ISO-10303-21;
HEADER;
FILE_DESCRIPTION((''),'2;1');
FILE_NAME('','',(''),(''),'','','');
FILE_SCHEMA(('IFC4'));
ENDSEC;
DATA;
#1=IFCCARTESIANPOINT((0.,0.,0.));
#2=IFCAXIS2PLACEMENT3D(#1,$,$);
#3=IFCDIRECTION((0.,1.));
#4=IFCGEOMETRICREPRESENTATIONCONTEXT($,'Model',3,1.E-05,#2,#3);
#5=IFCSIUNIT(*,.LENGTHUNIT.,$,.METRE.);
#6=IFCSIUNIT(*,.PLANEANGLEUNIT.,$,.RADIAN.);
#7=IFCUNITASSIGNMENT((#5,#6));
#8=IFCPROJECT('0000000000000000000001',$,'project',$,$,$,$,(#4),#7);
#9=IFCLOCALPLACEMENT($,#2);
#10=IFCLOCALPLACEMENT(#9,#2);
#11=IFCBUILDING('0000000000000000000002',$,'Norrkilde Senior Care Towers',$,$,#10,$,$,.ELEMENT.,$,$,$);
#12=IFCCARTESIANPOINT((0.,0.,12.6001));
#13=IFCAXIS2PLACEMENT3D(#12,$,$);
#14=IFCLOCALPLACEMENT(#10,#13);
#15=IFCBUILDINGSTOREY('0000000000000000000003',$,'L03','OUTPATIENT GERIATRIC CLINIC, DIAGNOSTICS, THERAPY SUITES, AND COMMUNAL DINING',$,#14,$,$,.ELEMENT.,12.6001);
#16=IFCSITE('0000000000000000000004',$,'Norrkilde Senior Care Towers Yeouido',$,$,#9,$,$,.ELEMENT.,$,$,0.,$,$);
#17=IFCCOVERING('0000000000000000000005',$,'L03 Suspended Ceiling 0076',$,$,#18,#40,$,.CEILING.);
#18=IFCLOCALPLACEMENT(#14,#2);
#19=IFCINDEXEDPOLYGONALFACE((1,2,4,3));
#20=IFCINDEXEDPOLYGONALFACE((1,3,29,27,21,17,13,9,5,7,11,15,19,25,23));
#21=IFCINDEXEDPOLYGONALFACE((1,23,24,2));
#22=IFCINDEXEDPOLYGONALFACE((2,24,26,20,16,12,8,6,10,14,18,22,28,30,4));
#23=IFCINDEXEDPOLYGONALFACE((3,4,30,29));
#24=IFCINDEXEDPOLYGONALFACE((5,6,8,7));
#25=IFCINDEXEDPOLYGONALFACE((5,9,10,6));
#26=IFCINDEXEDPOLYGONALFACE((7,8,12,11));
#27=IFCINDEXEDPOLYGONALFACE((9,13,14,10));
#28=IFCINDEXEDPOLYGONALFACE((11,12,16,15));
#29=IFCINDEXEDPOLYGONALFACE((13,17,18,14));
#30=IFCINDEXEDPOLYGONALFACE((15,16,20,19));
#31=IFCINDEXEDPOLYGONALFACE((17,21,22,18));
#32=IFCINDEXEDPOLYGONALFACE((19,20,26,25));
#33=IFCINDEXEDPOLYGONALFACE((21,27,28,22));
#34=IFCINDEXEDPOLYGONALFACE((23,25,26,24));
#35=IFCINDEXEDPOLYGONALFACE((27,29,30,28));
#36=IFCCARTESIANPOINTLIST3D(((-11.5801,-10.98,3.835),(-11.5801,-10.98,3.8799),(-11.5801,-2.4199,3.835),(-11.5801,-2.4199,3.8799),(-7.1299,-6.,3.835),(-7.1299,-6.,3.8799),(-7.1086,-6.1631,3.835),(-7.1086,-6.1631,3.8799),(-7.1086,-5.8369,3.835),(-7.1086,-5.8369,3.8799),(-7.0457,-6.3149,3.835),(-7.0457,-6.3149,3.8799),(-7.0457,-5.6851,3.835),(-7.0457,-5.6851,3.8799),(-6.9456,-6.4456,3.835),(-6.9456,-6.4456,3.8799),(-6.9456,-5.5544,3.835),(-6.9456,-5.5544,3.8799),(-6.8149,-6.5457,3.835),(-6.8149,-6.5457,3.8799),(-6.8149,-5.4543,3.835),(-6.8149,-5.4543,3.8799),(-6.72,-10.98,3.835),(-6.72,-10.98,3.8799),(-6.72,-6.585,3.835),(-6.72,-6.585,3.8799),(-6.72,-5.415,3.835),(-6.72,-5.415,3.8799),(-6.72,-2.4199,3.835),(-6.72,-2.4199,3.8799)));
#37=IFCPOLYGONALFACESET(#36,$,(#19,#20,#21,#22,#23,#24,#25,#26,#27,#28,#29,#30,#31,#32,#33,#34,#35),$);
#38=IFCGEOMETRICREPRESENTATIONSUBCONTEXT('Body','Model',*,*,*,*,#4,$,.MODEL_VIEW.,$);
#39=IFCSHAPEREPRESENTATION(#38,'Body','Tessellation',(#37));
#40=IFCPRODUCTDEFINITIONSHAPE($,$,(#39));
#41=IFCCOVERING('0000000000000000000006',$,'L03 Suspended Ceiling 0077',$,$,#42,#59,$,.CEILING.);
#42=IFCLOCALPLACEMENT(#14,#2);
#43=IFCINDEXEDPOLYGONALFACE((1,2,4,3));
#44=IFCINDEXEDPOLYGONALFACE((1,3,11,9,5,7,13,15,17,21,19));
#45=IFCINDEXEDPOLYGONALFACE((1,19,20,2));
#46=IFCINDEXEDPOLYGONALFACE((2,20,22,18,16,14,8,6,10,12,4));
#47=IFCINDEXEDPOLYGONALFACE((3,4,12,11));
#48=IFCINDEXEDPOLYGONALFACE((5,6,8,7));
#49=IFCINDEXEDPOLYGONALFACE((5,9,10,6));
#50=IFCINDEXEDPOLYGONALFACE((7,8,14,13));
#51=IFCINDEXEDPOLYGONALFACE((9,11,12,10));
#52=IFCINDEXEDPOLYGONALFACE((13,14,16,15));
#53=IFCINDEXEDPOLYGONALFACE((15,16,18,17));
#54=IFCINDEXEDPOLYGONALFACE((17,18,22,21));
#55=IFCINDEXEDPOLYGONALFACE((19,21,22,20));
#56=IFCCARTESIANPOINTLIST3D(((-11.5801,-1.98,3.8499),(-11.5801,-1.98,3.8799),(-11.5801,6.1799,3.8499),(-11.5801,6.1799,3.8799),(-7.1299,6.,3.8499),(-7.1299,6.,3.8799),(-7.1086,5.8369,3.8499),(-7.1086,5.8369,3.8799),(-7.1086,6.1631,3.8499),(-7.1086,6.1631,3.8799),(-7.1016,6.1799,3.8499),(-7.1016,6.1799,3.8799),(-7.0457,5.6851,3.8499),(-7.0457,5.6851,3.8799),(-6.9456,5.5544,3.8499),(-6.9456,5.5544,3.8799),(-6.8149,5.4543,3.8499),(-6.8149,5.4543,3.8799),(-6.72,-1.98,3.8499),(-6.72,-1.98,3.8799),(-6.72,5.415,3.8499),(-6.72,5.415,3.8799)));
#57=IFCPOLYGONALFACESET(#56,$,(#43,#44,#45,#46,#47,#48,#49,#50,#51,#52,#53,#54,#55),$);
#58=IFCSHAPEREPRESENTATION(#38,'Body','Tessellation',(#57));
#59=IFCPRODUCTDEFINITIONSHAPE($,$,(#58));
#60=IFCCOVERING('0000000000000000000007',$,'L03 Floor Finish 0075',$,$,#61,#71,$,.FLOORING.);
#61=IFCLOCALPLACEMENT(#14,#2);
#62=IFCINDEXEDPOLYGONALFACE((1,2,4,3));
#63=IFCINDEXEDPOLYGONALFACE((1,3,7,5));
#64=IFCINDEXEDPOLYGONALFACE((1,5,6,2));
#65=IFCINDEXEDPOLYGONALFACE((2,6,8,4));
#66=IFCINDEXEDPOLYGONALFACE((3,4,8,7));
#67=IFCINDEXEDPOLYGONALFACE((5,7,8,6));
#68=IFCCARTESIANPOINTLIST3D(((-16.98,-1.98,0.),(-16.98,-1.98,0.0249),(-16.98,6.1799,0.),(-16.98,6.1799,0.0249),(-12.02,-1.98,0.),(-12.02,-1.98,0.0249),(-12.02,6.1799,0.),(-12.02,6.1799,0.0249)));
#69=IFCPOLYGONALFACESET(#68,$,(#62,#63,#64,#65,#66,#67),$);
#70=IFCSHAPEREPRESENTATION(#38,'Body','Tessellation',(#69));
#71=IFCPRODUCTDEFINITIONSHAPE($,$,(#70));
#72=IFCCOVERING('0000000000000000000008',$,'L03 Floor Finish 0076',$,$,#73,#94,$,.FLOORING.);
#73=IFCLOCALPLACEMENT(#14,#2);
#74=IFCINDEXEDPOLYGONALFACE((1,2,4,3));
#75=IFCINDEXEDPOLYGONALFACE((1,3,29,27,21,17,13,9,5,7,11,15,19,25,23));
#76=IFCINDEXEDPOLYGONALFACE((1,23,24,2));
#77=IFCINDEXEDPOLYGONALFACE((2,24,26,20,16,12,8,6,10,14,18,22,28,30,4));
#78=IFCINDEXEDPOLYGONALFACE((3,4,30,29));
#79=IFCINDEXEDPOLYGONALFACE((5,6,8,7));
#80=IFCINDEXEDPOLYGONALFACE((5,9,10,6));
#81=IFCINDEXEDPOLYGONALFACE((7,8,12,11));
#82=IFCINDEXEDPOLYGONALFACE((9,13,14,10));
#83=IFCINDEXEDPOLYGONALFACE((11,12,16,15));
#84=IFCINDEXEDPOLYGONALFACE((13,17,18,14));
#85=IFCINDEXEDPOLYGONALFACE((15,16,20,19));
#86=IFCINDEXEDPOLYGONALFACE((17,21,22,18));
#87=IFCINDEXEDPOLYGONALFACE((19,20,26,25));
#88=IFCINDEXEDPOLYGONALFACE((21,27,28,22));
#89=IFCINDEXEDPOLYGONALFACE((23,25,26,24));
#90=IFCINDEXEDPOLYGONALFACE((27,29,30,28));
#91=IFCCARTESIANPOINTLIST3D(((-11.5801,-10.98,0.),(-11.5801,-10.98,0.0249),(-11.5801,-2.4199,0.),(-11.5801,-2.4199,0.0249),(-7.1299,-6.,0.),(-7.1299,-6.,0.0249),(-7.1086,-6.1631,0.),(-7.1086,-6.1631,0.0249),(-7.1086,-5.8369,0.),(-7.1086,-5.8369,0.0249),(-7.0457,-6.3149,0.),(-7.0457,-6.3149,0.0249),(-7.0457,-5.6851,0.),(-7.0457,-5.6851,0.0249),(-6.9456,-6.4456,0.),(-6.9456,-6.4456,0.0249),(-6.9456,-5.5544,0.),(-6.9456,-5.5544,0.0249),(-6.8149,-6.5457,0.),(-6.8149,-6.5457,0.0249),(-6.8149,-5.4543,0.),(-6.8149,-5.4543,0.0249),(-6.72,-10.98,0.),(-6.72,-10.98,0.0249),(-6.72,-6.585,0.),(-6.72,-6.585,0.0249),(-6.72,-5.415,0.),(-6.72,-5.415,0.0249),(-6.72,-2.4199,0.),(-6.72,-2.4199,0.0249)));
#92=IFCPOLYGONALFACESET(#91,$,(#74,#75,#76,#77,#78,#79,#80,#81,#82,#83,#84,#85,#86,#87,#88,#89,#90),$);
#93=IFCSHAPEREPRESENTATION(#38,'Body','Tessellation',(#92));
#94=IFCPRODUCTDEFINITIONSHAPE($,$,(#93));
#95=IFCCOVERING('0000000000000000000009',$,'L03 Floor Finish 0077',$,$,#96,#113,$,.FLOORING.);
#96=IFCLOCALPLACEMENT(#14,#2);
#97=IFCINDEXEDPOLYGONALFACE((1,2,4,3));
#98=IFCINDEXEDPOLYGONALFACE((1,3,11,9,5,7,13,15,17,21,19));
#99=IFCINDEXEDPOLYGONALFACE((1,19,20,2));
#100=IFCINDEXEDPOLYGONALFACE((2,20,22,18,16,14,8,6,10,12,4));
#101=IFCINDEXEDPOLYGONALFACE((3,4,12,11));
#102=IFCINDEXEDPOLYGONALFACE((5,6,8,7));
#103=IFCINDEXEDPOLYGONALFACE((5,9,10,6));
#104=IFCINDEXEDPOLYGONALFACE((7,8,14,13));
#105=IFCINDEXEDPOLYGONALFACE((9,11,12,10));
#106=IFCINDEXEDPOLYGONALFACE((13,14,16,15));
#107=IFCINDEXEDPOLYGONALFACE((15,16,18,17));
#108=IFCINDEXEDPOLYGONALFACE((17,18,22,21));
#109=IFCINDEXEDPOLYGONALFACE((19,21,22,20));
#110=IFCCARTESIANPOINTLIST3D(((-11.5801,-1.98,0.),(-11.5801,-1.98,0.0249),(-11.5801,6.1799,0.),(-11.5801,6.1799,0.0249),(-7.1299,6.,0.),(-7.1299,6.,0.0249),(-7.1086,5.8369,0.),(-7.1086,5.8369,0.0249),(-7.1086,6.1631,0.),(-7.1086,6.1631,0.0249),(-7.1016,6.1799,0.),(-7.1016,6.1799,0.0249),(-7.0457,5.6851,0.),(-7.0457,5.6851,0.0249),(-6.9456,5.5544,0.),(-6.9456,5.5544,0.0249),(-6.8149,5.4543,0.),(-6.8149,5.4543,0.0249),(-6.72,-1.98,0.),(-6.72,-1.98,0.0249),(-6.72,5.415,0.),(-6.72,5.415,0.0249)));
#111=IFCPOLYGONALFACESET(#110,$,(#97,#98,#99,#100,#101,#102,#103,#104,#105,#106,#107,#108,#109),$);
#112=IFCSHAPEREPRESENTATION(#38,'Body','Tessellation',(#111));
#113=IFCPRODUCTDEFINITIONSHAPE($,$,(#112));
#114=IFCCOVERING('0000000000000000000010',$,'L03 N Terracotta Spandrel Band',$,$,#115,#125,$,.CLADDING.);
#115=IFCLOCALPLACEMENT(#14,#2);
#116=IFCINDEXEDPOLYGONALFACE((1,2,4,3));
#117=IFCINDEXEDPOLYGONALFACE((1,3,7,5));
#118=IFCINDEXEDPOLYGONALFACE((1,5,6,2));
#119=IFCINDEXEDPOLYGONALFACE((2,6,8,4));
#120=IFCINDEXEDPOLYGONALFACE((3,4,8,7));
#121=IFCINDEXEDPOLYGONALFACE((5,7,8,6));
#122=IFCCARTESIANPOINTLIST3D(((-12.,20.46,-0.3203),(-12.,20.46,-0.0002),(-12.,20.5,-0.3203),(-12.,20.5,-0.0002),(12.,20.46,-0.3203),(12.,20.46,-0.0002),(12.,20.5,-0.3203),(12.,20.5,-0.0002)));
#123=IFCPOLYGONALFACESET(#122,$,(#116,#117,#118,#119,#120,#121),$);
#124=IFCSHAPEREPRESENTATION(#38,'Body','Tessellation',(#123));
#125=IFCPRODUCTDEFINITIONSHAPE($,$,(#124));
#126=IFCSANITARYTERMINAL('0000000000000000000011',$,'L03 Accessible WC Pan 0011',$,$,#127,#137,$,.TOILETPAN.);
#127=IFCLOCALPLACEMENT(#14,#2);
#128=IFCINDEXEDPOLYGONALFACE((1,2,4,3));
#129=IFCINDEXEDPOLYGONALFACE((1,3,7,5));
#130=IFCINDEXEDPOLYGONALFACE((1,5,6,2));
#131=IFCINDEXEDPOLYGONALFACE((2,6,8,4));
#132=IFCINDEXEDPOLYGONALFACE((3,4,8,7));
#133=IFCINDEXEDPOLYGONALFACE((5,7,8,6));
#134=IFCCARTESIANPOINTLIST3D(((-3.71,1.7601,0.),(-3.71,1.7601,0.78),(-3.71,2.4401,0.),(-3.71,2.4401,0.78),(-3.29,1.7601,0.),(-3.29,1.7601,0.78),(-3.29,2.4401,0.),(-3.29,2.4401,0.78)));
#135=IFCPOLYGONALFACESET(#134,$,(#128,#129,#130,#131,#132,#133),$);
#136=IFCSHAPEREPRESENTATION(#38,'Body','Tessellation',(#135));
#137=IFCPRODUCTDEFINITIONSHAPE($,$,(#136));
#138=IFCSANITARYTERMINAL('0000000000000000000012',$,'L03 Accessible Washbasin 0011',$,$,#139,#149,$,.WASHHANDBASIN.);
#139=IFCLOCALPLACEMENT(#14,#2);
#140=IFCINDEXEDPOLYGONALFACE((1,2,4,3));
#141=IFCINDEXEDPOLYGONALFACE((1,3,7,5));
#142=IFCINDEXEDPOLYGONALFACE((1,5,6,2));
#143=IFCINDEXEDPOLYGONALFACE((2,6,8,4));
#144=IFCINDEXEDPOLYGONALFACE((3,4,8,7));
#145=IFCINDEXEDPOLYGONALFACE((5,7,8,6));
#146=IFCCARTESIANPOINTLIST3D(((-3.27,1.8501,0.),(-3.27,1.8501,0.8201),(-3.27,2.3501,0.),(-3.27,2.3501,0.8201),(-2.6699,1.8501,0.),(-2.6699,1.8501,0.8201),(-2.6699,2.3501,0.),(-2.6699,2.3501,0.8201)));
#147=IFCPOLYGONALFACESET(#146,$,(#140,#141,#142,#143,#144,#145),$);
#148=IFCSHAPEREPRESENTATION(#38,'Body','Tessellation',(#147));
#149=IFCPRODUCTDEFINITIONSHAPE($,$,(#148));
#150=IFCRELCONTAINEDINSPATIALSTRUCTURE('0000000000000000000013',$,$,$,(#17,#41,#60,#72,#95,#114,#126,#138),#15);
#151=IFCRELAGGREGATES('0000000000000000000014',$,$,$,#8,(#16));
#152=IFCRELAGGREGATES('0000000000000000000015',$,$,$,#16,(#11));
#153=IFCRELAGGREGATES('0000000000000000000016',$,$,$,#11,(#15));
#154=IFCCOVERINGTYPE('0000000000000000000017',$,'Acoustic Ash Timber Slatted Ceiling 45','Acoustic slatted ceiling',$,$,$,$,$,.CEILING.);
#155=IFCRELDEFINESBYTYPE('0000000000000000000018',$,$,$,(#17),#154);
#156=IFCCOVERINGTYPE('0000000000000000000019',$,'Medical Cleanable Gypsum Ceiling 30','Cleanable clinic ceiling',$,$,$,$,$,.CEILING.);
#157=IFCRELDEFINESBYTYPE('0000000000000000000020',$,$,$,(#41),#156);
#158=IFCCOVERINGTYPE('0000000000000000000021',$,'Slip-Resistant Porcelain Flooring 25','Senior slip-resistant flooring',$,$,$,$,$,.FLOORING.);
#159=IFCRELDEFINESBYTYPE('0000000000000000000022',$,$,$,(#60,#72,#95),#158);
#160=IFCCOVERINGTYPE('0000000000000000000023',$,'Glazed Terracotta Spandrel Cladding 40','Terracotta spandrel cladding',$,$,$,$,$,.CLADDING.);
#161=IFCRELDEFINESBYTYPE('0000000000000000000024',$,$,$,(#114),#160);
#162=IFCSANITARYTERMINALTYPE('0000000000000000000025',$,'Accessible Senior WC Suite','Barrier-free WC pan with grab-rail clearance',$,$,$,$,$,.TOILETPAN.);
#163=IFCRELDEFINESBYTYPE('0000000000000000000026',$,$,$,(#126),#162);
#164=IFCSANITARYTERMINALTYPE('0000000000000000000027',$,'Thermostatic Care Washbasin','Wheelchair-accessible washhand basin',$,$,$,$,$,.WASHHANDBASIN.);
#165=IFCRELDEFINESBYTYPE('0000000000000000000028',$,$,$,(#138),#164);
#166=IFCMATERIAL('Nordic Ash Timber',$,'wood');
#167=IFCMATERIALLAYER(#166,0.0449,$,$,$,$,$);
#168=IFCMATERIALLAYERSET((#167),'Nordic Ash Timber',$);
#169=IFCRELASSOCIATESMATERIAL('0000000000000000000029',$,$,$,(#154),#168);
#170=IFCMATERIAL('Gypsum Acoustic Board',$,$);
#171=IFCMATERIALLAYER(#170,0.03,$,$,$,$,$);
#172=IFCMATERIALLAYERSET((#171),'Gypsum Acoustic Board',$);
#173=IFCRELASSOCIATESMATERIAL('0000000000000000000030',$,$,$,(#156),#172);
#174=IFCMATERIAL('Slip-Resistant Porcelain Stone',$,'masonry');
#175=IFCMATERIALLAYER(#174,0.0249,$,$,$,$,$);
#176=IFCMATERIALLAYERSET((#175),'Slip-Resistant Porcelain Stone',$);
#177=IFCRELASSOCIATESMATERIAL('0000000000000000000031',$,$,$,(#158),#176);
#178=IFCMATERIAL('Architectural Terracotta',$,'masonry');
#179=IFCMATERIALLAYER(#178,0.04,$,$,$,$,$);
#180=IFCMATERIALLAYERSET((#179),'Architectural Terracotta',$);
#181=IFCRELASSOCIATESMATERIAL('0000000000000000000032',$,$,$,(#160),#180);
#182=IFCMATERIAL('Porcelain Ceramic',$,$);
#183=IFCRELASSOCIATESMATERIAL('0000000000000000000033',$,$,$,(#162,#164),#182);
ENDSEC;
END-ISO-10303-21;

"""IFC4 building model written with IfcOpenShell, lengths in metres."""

from ifc_helpers import new_model, si_unit, direction, frame, origin, origin_2d, place, context, subcontext, project, spatial, polyline, rectangle, outline, extrude, source, transform, mapped, material, layer, layer_set, type_object, type_shapes, element, save


model = new_model("IFC4")

# Units and contexts
model_context = context("Model", 3, precision=1e-05, world=origin(), true_north=direction((0.0, 1.0)))
body_context = subcontext(model_context, "Body", "Model", "MODEL_VIEW")
ifc_project = project(units=[si_unit("LENGTHUNIT", "METRE"), si_unit("PLANEANGLEUNIT", "RADIAN")], contexts=[model_context])

# Site, building, storey
site_placement = place(None, origin())
site = spatial("IfcSite", under=ifc_project, at=site_placement, Name="Norrkilde Senior Care Towers Yeouido", CompositionType="ELEMENT", RefElevation=0.0)
building_placement = place(site_placement, origin())
building = spatial("IfcBuilding", under=site, at=building_placement, Name="Norrkilde Senior Care Towers", CompositionType="ELEMENT")
storey_placement = place(building_placement, frame((0.0, 0.0, 12.6001)))
storey = spatial("IfcBuildingStorey", under=building, at=storey_placement, Name="L03", Description="OUTPATIENT GERIATRIC CLINIC, DIAGNOSTICS, THERAPY SUITES, AND COMMUNAL DINING", CompositionType="ELEMENT", Elevation=12.6001)

# Shared definitions
ifc_material_1 = material(Name="Gypsum Acoustic Board")
ifc_material_2 = material(Name="Nordic Ash Timber", Category="wood")

# Coverings
ifc_layer_1 = layer(ifc_material_2, 0.0449)
ifc_layer_set_1 = layer_set([ifc_layer_1], Name="Nordic Ash Timber")
covering_type_1 = type_object("IfcCoveringType", Name="Acoustic Ash Timber Slatted Ceiling 45", Description="Acoustic slatted ceiling", PredefinedType="CEILING", material=ifc_layer_set_1)
covering_1_placement = place(storey_placement, frame((0.0, 0.0, 3.835)))
element("IfcCovering", 1, at=covering_1_placement, inside=storey, type_object=covering_type_1, Name="L03 Suspended Ceiling 0076", PredefinedType="CEILING", context=body_context, shape_type="SweptSolid", body=[
    extrude(outline(polyline([(-6.72, -5.415), (-6.8149, -5.4543), (-6.9456, -5.5544), (-7.0457, -5.6851), (-7.1086, -5.8369), (-7.1299, -6.0), (-7.1086, -6.1631), (-7.0457, -6.3149), (-6.9456, -6.4456), (-6.8149, -6.5457), (-6.72, -6.585), (-6.72, -10.98), (-11.5801, -10.98), (-11.5801, -2.4199), (-6.72, -2.4199), (-6.72, -5.415)])), origin(), (0.0, 0.0, 1.0), 0.0449),
])
ifc_layer_2 = layer(ifc_material_1, 0.03)
ifc_layer_set_2 = layer_set([ifc_layer_2], Name="Gypsum Acoustic Board")
covering_type_2 = type_object("IfcCoveringType", Name="Medical Cleanable Gypsum Ceiling 30", Description="Cleanable clinic ceiling", PredefinedType="CEILING", material=ifc_layer_set_2)
covering_2_placement = place(storey_placement, frame((0.0, 0.0, 3.8499)))
element("IfcCovering", 2, at=covering_2_placement, inside=storey, type_object=covering_type_2, Name="L03 Suspended Ceiling 0077", PredefinedType="CEILING", context=body_context, shape_type="SweptSolid", body=[
    extrude(outline(polyline([(-6.72, -1.98), (-11.5801, -1.98), (-11.5801, 6.1799), (-7.1016, 6.1799), (-7.1086, 6.1631), (-7.1299, 6.0), (-7.1086, 5.8369), (-7.0457, 5.6851), (-6.9456, 5.5544), (-6.8149, 5.4543), (-6.72, 5.415), (-6.72, -1.98)])), origin(), (0.0, 0.0, 1.0), 0.03),
])
ifc_material_3 = material(Name="Slip-Resistant Porcelain Stone", Category="masonry")
ifc_layer_3 = layer(ifc_material_3, 0.0249)
ifc_layer_set_3 = layer_set([ifc_layer_3], Name="Slip-Resistant Porcelain Stone")
covering_type_3 = type_object("IfcCoveringType", Name="Slip-Resistant Porcelain Flooring 25", Description="Senior slip-resistant flooring", PredefinedType="FLOORING", material=ifc_layer_set_3)
covering_3_placement = place(storey_placement, origin())
element("IfcCovering", 3, at=covering_3_placement, inside=storey, type_object=covering_type_3, Name="L03 Floor Finish 0075", PredefinedType="FLOORING", context=body_context, shape_type="SweptSolid", body=[
    extrude(outline(polyline([(-12.02, 6.1799), (-12.02, -1.98), (-16.98, -1.98), (-16.98, 6.1799), (-12.02, 6.1799)])), origin(), (0.0, 0.0, 1.0), 0.0249),
])
covering_4_placement = place(storey_placement, origin())
element("IfcCovering", 4, at=covering_4_placement, inside=storey, type_object=covering_type_3, Name="L03 Floor Finish 0076", PredefinedType="FLOORING", context=body_context, shape_type="SweptSolid", body=[
    extrude(outline(polyline([(-6.72, -5.415), (-6.8149, -5.4543), (-6.9456, -5.5544), (-7.0457, -5.6851), (-7.1086, -5.8369), (-7.1299, -6.0), (-7.1086, -6.1631), (-7.0457, -6.3149), (-6.9456, -6.4456), (-6.8149, -6.5457), (-6.72, -6.585), (-6.72, -10.98), (-11.5801, -10.98), (-11.5801, -2.4199), (-6.72, -2.4199), (-6.72, -5.415)])), origin(), (0.0, 0.0, 1.0), 0.0249),
])
covering_5_placement = place(storey_placement, origin())
element("IfcCovering", 5, at=covering_5_placement, inside=storey, type_object=covering_type_3, Name="L03 Floor Finish 0077", PredefinedType="FLOORING", context=body_context, shape_type="SweptSolid", body=[
    extrude(outline(polyline([(-6.72, -1.98), (-11.5801, -1.98), (-11.5801, 6.1799), (-7.1016, 6.1799), (-7.1086, 6.1631), (-7.1299, 6.0), (-7.1086, 5.8369), (-7.0457, 5.6851), (-6.9456, 5.5544), (-6.8149, 5.4543), (-6.72, 5.415), (-6.72, -1.98)])), origin(), (0.0, 0.0, 1.0), 0.0249),
])
ifc_material_4 = material(Name="Architectural Terracotta", Category="masonry")
ifc_layer_4 = layer(ifc_material_4, 0.04)
ifc_layer_set_4 = layer_set([ifc_layer_4], Name="Architectural Terracotta")
covering_type_4 = type_object("IfcCoveringType", Name="Glazed Terracotta Spandrel Cladding 40", Description="Terracotta spandrel cladding", PredefinedType="CLADDING", material=ifc_layer_set_4)
shared_shape_1 = source(origin(), body_context, "Body", "SweptSolid", [
    extrude(rectangle(XDim=24.0, YDim=0.04, at=origin_2d()), origin(), (0.0, 0.0, 1.0), 0.3201),
])
type_shapes(covering_type_4, [shared_shape_1])
covering_6_placement = place(storey_placement, frame((0.0, 20.48, -0.3203), z_axis=(0.0, 0.0, 1.0), x_axis=(1.0, 0.0, 0.0)))
element("IfcCovering", 6, at=covering_6_placement, inside=storey, type_object=covering_type_4, Name="L03 N Terracotta Spandrel Band", PredefinedType="CLADDING", context=body_context, shape_type="MappedRepresentation", body=[
    mapped(shared_shape_1, transform((0.0, 0.0, 0.0), x_axis=(1.0, 0.0, 0.0), y_axis=(0.0, 1.0, 0.0), z_axis=(0.0, 0.0, 1.0), scale=1.0)),
])

# Sanitary terminals
ifc_material_5 = material(Name="Porcelain Ceramic")
sanitary_terminal_type_1 = type_object("IfcSanitaryTerminalType", Name="Accessible Senior WC Suite", Description="Barrier-free WC pan with grab-rail clearance", PredefinedType="TOILETPAN", material=ifc_material_5)
shared_shape_2 = source(origin(), body_context, "Body", "SweptSolid", [
    extrude(rectangle(XDim=0.4199, YDim=0.6799, at=origin_2d()), origin(), (0.0, 0.0, 1.0), 0.78),
])
type_shapes(sanitary_terminal_type_1, [shared_shape_2])
sanitary_terminal_1_placement = place(storey_placement, frame((-3.5, 2.1001, 0.0), z_axis=(0.0, 0.0, 1.0), x_axis=(1.0, 0.0, 0.0)))
element("IfcSanitaryTerminal", 7, at=sanitary_terminal_1_placement, inside=storey, type_object=sanitary_terminal_type_1, Name="L03 Accessible WC Pan 0011", PredefinedType="TOILETPAN", context=body_context, shape_type="MappedRepresentation", body=[
    mapped(shared_shape_2, transform((0.0, 0.0, 0.0), x_axis=(1.0, 0.0, 0.0), y_axis=(0.0, 1.0, 0.0), z_axis=(0.0, 0.0, 1.0), scale=1.0)),
])
sanitary_terminal_type_2 = type_object("IfcSanitaryTerminalType", Name="Thermostatic Care Washbasin", Description="Wheelchair-accessible washhand basin", PredefinedType="WASHHANDBASIN", material=ifc_material_5)
shared_shape_3 = source(origin(), body_context, "Body", "SweptSolid", [
    extrude(rectangle(XDim=0.6001, YDim=0.5, at=origin_2d()), origin(), (0.0, 0.0, 1.0), 0.8201),
])
type_shapes(sanitary_terminal_type_2, [shared_shape_3])
sanitary_terminal_2_placement = place(storey_placement, frame((-2.97, 2.1001, 0.0), z_axis=(0.0, 0.0, 1.0), x_axis=(1.0, 0.0, 0.0)))
element("IfcSanitaryTerminal", 8, at=sanitary_terminal_2_placement, inside=storey, type_object=sanitary_terminal_type_2, Name="L03 Accessible Washbasin 0011", PredefinedType="WASHHANDBASIN", context=body_context, shape_type="MappedRepresentation", body=[
    mapped(shared_shape_3, transform((0.0, 0.0, 0.0), x_axis=(1.0, 0.0, 0.0), y_axis=(0.0, 1.0, 0.0), z_axis=(0.0, 0.0, 1.0), scale=1.0)),
])

save(model, "model.ifc")
